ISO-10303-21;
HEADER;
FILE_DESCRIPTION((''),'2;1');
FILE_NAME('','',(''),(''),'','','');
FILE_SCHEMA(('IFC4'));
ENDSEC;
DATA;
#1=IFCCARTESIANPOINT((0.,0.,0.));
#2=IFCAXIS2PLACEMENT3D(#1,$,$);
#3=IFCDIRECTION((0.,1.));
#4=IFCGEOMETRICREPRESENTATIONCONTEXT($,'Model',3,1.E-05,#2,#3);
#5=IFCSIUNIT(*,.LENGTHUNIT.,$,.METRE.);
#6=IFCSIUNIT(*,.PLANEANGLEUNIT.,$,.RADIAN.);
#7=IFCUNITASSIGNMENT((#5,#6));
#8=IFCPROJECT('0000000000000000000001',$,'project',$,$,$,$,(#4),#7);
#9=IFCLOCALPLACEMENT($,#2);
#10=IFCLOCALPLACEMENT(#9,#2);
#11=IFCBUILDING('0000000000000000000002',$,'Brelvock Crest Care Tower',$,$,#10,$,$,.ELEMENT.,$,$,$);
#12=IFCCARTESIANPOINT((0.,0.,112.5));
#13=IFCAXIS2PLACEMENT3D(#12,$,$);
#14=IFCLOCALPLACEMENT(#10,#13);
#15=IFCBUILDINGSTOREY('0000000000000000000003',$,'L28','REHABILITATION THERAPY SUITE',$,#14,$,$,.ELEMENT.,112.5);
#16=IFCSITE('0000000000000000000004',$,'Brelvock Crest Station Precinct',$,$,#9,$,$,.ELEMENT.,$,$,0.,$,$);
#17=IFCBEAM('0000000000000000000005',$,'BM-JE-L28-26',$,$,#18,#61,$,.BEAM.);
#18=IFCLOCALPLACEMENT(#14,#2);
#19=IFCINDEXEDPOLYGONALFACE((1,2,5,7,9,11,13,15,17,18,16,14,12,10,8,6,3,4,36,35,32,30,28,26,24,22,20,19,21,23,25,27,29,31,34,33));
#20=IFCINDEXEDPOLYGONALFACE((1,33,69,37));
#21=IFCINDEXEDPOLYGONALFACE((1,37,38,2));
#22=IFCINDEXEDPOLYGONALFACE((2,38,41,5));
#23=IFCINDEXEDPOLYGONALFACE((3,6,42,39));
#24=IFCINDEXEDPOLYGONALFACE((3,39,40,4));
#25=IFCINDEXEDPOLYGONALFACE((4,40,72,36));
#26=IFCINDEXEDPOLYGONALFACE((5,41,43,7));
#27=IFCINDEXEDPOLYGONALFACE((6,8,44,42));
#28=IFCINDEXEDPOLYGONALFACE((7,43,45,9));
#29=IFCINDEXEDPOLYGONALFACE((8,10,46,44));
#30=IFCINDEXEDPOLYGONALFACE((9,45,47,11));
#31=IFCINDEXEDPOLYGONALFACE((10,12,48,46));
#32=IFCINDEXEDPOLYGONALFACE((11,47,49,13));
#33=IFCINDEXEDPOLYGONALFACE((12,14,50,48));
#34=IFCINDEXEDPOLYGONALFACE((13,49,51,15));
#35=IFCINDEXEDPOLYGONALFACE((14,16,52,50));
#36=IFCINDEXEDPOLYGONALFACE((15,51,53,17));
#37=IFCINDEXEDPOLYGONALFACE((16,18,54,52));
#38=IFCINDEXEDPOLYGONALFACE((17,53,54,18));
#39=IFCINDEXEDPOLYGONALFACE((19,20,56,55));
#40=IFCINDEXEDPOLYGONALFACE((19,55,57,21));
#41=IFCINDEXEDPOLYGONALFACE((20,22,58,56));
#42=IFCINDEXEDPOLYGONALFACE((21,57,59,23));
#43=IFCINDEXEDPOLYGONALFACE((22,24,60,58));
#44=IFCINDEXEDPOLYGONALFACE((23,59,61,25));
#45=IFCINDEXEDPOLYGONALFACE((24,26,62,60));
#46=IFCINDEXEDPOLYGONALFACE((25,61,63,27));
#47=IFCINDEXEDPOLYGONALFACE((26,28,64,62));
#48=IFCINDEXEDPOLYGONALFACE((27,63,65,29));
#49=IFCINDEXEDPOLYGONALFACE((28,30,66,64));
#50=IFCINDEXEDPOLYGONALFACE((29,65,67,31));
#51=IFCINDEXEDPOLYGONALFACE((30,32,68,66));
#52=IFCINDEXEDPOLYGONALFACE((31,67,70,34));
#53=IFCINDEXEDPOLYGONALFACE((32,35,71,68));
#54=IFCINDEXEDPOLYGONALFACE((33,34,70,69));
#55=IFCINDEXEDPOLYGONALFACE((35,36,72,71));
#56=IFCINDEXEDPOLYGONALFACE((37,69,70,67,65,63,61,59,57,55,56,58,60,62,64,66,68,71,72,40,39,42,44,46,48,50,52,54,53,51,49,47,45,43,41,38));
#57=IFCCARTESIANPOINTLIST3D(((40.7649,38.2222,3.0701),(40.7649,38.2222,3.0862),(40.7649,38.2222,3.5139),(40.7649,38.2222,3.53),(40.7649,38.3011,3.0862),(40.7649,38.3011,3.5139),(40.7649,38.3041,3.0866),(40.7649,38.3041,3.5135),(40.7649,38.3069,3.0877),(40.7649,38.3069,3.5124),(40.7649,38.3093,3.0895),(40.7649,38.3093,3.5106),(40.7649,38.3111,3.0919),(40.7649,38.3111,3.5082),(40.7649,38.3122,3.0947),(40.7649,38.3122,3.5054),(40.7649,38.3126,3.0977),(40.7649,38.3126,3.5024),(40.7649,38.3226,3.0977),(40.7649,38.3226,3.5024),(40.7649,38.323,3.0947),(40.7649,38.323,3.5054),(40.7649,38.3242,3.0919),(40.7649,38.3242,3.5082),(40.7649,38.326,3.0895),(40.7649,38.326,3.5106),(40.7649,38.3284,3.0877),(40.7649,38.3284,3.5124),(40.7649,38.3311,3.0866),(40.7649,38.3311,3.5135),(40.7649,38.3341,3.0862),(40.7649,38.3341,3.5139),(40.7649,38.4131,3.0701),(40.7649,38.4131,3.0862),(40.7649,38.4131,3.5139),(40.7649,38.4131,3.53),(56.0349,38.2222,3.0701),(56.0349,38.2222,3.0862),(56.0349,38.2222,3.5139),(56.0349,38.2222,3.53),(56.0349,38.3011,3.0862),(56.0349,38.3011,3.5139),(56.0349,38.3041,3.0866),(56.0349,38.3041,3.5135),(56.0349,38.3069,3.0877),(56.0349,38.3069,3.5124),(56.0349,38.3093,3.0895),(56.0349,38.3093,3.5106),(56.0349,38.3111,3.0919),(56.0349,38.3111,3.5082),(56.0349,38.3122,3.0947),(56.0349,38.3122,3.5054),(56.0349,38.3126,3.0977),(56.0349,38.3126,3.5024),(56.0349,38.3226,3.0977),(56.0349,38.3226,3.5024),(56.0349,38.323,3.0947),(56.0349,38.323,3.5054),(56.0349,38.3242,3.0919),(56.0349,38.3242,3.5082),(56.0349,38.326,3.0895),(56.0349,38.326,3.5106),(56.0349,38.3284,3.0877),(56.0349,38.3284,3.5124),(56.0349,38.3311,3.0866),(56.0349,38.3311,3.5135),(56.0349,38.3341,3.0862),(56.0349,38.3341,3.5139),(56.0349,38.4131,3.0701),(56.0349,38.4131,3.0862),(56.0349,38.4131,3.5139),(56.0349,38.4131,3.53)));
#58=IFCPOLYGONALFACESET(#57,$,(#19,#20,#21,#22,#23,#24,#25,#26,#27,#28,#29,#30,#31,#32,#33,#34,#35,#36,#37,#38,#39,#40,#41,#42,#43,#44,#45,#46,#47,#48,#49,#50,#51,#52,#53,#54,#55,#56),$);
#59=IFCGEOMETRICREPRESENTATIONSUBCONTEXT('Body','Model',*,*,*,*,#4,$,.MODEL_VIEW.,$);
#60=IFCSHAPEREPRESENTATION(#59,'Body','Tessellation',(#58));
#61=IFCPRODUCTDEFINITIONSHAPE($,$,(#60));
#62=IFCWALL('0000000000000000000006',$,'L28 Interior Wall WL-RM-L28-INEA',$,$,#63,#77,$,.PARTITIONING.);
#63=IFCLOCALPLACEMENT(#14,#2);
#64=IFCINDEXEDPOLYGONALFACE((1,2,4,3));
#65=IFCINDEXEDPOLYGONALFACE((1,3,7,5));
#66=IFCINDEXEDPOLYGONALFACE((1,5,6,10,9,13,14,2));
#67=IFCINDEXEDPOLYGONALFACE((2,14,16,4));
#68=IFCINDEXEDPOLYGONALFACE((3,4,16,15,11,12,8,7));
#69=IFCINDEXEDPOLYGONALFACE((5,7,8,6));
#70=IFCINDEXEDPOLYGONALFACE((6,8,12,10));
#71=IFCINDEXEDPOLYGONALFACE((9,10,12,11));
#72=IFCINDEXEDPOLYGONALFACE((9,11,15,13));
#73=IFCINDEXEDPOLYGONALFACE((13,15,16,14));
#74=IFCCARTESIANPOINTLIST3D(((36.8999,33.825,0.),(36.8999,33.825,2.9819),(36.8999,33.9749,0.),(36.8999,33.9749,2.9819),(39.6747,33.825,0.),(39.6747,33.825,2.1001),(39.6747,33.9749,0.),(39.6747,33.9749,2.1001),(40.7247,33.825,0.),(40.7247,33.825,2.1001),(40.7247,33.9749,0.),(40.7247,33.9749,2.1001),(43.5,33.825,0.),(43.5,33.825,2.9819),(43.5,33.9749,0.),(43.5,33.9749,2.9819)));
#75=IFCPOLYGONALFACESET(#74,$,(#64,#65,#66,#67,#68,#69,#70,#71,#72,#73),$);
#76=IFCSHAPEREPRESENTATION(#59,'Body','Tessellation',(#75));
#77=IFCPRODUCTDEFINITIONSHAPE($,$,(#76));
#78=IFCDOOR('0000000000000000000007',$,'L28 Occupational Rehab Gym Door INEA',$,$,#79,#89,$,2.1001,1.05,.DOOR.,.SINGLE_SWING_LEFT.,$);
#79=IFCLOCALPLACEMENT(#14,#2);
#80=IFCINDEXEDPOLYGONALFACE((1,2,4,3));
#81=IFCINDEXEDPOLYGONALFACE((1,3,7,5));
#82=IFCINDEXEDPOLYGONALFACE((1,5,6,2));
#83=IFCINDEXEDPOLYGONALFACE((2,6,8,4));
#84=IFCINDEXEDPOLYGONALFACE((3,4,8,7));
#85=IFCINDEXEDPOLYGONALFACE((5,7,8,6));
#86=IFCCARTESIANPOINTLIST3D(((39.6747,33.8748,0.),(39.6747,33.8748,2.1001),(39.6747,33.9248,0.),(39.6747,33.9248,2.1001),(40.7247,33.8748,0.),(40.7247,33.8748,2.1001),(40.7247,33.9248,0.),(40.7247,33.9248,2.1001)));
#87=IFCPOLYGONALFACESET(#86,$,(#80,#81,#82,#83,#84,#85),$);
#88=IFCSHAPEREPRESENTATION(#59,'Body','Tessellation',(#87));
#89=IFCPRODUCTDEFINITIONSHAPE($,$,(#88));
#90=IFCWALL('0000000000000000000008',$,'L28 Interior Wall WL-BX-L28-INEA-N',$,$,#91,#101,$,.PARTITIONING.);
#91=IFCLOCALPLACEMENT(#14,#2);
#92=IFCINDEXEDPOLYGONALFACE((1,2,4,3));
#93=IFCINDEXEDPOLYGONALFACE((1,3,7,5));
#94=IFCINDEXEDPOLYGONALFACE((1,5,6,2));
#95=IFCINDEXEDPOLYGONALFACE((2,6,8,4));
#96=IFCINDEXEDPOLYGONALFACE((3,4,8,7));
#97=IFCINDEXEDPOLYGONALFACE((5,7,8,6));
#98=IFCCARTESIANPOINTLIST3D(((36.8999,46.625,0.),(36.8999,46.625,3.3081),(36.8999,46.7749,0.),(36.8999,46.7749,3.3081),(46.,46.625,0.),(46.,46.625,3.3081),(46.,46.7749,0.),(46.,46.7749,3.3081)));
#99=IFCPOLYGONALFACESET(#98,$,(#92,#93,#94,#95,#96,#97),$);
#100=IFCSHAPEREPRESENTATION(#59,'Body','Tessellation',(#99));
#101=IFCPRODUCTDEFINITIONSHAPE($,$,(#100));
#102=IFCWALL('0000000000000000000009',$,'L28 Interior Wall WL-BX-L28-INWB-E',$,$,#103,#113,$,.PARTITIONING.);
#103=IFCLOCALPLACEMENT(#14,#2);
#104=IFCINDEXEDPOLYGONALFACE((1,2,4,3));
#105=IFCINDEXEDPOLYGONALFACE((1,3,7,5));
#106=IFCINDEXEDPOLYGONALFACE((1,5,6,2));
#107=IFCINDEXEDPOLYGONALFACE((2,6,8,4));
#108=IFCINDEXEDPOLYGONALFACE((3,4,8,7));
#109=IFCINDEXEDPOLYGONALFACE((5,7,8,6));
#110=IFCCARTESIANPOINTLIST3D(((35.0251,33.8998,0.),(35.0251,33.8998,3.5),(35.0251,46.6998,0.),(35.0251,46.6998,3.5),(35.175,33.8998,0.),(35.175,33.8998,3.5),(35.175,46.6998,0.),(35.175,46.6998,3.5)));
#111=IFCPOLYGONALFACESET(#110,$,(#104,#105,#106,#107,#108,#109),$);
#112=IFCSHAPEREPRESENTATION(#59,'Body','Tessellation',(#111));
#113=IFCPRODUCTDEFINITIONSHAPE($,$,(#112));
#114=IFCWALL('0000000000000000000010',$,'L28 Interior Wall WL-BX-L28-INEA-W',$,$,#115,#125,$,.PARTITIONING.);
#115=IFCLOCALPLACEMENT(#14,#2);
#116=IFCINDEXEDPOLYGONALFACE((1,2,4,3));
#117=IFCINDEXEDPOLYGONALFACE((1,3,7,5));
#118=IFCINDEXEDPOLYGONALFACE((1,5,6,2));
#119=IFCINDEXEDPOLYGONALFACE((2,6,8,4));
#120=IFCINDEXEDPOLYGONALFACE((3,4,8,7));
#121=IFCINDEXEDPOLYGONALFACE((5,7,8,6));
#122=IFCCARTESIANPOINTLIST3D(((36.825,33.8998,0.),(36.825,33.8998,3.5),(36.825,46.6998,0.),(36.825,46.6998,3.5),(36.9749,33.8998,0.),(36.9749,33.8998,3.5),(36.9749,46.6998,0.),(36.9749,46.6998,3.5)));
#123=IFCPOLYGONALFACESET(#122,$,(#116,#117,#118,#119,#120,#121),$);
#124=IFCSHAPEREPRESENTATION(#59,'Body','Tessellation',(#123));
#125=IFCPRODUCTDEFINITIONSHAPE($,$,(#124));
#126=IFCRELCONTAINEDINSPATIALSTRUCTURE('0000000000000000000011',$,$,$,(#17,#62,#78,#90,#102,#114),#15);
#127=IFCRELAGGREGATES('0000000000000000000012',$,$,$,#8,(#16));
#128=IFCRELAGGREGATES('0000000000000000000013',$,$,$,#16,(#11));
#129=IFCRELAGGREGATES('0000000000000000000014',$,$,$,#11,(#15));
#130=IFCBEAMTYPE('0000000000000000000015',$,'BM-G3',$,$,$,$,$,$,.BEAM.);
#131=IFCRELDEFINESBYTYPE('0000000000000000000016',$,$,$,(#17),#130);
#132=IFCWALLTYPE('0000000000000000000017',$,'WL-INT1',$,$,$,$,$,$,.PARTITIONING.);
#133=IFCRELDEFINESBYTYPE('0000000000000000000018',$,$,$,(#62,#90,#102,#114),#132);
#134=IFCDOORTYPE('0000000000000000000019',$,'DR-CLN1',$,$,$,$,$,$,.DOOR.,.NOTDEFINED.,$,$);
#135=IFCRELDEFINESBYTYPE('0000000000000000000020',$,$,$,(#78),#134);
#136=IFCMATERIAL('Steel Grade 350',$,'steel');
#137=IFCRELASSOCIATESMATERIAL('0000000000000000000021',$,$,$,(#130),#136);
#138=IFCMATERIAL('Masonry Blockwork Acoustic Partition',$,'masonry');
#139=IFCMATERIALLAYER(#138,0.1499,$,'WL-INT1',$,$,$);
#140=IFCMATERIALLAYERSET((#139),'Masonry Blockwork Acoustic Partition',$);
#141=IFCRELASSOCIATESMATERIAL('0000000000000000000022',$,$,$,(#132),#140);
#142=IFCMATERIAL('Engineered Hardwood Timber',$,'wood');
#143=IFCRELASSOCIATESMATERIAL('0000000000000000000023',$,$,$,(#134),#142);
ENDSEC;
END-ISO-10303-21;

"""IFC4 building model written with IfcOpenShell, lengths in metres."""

from ifc_helpers import new_model, si_unit, direction, frame, frame_2d, origin, origin_2d, place, context, subcontext, project, spatial, rectangle, i_section, extrude, source, transform, mapped, material, layer, layer_set, material_profile, profile_set, type_object, element, fill, save


model = new_model("IFC4")

# Units and contexts
model_context = context("Model", 3, precision=1e-05, world=origin(), true_north=direction((0.0, 1.0)))
body_context = subcontext(model_context, "Body", "Model", "MODEL_VIEW")
ifc_project = project(units=[si_unit("LENGTHUNIT", "METRE"), si_unit("PLANEANGLEUNIT", "RADIAN")], contexts=[model_context])

# Site, building, storey
site_placement = place(None, origin())
site = spatial("IfcSite", under=ifc_project, at=site_placement, Name="Brelvock Crest Station Precinct", CompositionType="ELEMENT", RefElevation=0.0)
building_placement = place(site_placement, origin())
building = spatial("IfcBuilding", under=site, at=building_placement, Name="Brelvock Crest Care Tower", CompositionType="ELEMENT")
storey_placement = place(building_placement, frame((0.0, 0.0, 112.5)))
storey = spatial("IfcBuildingStorey", under=building, at=storey_placement, Name="L28", Description="REHABILITATION THERAPY SUITE", CompositionType="ELEMENT", Elevation=112.5)

# Beam
ifc_material_1 = material(Name="Steel Grade 350", Category="steel")
ifc_material_profile_1 = material_profile(ifc_material_1, i_section(OverallWidth=0.1909, OverallDepth=0.46, WebThickness=0.01, FlangeThickness=0.0161, FilletRadius=0.0115, at=origin_2d()), Name="460UB82.1")
ifc_profile_set_1 = profile_set([ifc_material_profile_1], Name="Steel Grade 350")
beam_type_1 = type_object("IfcBeamType", Name="BM-G3", PredefinedType="BEAM", material=ifc_profile_set_1)
shared_shape_1 = source(origin(), body_context, "Body", "SweptSolid", [
    extrude(i_section(OverallWidth=0.1909, OverallDepth=0.46, WebThickness=0.01, FlangeThickness=0.0161, FilletRadius=0.0115, at=origin_2d()), origin(), (0.0, 0.0, 1.0), 15.27),
])
for number, where, z_axis, x_axis, name in (
    (1, (40.7649, 38.3176, 3.3), (1.0, 0.0, 0.0), (0.0, 1.0, 0.0), "BM-JE-L28-26"),
):
    element("IfcBeam", number, at=place(storey_placement, frame(where, z_axis=z_axis, x_axis=x_axis)), inside=storey, type_object=beam_type_1, Name=name, PredefinedType="BEAM", context=body_context, shape_type="MappedRepresentation", body=[
        mapped(shared_shape_1, transform((0.0, 0.0, 0.0), x_axis=(1.0, 0.0, 0.0), y_axis=(0.0, 1.0, 0.0), z_axis=(0.0, 0.0, 1.0), scale=1.0)),
    ])

# Wall, opening, door
ifc_material_2 = material(Name="Masonry Blockwork Acoustic Partition", Category="masonry")
ifc_layer = layer(ifc_material_2, 0.1499, Name="WL-INT1")
ifc_layer_set = layer_set([ifc_layer], Name="Masonry Blockwork Acoustic Partition")
wall_type = type_object("IfcWallType", Name="WL-INT1", PredefinedType="PARTITIONING", material=ifc_layer_set)
wall_1_placement = place(storey_placement, frame((36.8999, 33.8999, 0.0), z_axis=(0.0, 0.0, 1.0), x_axis=(1.0, 0.0, 0.0)))
wall_1 = element("IfcWall", 2, at=wall_1_placement, inside=storey, type_object=wall_type, Name="L28 Interior Wall WL-RM-L28-INEA", PredefinedType="PARTITIONING", context=body_context, shape_type="SweptSolid", body=[
    extrude(rectangle(XDim=6.6001, YDim=0.1499, at=frame_2d((3.3, 0.0))), origin(), (0.0, 0.0, 1.0), 2.9819),
])
opening_placement = place(wall_1_placement, frame((2.7749, 0.0, 0.0)))
opening = element("IfcOpeningElement", 3, at=opening_placement, cuts=wall_1, PredefinedType="OPENING", context=body_context, shape_type="SweptSolid", body=[
    extrude(rectangle(XDim=1.05, YDim=2.1001, at=origin_2d()), frame((0.5249, 0.085, 1.05), z_axis=(0.0, -1.0, 0.0), x_axis=(1.0, 0.0, 0.0)), (0.0, 0.0, 1.0), 0.1699),
])
ifc_material_3 = material(Name="Engineered Hardwood Timber", Category="wood")
door_type = type_object("IfcDoorType", Name="DR-CLN1", OperationType="NOTDEFINED", PredefinedType="DOOR", material=ifc_material_3)
shared_shape_2 = source(origin(), body_context, "Body", "SweptSolid", [
    extrude(rectangle(XDim=1.05, YDim=2.1001, at=origin_2d()), frame((0.5249, 0.0249, 1.05), z_axis=(0.0, -1.0, 0.0), x_axis=(1.0, 0.0, 0.0)), (0.0, 0.0, 1.0), 0.05),
])
door_placement = place(opening_placement, origin())
door = element("IfcDoor", 4, at=door_placement, inside=storey, type_object=door_type, Name="L28 Occupational Rehab Gym Door INEA", OperationType="SINGLE_SWING_LEFT", OverallHeight=2.1001, OverallWidth=1.05, PredefinedType="DOOR", context=body_context, shape_type="MappedRepresentation", body=[
    mapped(shared_shape_2, transform((0.0, 0.0, 0.0), x_axis=(1.0, 0.0, 0.0), y_axis=(0.0, 1.0, 0.0), z_axis=(0.0, 0.0, 1.0), scale=1.0)),
])
fill(opening, door)

# Walls
wall_2_placement = place(storey_placement, frame((36.8999, 46.7, 0.0), z_axis=(0.0, 0.0, 1.0), x_axis=(1.0, 0.0, 0.0)))
element("IfcWall", 5, at=wall_2_placement, inside=storey, type_object=wall_type, Name="L28 Interior Wall WL-BX-L28-INEA-N", PredefinedType="PARTITIONING", context=body_context, shape_type="SweptSolid", body=[
    extrude(rectangle(XDim=9.1001, YDim=0.1499, at=frame_2d((4.55, 0.0))), origin(), (0.0, 0.0, 1.0), 3.3081),
])
for number, where, z_axis, x_axis, name in (
    (6, (35.1001, 33.8999, 0.0), (0.0, 0.0, 1.0), (0.0, 1.0, 0.0), "L28 Interior Wall WL-BX-L28-INWB-E"),
    (7, (36.8999, 33.8999, 0.0), (0.0, 0.0, 1.0), (0.0, 1.0, 0.0), "L28 Interior Wall WL-BX-L28-INEA-W"),
):
    element("IfcWall", number, at=place(storey_placement, frame(where, z_axis=z_axis, x_axis=x_axis)), inside=storey, type_object=wall_type, Name=name, PredefinedType="PARTITIONING", context=body_context, shape_type="SweptSolid", body=[
        extrude(rectangle(XDim=12.8, YDim=0.1499, at=frame_2d((6.3999, 0.0))), origin(), (0.0, 0.0, 1.0), 3.5),
    ])

save(model, "model.ifc")
